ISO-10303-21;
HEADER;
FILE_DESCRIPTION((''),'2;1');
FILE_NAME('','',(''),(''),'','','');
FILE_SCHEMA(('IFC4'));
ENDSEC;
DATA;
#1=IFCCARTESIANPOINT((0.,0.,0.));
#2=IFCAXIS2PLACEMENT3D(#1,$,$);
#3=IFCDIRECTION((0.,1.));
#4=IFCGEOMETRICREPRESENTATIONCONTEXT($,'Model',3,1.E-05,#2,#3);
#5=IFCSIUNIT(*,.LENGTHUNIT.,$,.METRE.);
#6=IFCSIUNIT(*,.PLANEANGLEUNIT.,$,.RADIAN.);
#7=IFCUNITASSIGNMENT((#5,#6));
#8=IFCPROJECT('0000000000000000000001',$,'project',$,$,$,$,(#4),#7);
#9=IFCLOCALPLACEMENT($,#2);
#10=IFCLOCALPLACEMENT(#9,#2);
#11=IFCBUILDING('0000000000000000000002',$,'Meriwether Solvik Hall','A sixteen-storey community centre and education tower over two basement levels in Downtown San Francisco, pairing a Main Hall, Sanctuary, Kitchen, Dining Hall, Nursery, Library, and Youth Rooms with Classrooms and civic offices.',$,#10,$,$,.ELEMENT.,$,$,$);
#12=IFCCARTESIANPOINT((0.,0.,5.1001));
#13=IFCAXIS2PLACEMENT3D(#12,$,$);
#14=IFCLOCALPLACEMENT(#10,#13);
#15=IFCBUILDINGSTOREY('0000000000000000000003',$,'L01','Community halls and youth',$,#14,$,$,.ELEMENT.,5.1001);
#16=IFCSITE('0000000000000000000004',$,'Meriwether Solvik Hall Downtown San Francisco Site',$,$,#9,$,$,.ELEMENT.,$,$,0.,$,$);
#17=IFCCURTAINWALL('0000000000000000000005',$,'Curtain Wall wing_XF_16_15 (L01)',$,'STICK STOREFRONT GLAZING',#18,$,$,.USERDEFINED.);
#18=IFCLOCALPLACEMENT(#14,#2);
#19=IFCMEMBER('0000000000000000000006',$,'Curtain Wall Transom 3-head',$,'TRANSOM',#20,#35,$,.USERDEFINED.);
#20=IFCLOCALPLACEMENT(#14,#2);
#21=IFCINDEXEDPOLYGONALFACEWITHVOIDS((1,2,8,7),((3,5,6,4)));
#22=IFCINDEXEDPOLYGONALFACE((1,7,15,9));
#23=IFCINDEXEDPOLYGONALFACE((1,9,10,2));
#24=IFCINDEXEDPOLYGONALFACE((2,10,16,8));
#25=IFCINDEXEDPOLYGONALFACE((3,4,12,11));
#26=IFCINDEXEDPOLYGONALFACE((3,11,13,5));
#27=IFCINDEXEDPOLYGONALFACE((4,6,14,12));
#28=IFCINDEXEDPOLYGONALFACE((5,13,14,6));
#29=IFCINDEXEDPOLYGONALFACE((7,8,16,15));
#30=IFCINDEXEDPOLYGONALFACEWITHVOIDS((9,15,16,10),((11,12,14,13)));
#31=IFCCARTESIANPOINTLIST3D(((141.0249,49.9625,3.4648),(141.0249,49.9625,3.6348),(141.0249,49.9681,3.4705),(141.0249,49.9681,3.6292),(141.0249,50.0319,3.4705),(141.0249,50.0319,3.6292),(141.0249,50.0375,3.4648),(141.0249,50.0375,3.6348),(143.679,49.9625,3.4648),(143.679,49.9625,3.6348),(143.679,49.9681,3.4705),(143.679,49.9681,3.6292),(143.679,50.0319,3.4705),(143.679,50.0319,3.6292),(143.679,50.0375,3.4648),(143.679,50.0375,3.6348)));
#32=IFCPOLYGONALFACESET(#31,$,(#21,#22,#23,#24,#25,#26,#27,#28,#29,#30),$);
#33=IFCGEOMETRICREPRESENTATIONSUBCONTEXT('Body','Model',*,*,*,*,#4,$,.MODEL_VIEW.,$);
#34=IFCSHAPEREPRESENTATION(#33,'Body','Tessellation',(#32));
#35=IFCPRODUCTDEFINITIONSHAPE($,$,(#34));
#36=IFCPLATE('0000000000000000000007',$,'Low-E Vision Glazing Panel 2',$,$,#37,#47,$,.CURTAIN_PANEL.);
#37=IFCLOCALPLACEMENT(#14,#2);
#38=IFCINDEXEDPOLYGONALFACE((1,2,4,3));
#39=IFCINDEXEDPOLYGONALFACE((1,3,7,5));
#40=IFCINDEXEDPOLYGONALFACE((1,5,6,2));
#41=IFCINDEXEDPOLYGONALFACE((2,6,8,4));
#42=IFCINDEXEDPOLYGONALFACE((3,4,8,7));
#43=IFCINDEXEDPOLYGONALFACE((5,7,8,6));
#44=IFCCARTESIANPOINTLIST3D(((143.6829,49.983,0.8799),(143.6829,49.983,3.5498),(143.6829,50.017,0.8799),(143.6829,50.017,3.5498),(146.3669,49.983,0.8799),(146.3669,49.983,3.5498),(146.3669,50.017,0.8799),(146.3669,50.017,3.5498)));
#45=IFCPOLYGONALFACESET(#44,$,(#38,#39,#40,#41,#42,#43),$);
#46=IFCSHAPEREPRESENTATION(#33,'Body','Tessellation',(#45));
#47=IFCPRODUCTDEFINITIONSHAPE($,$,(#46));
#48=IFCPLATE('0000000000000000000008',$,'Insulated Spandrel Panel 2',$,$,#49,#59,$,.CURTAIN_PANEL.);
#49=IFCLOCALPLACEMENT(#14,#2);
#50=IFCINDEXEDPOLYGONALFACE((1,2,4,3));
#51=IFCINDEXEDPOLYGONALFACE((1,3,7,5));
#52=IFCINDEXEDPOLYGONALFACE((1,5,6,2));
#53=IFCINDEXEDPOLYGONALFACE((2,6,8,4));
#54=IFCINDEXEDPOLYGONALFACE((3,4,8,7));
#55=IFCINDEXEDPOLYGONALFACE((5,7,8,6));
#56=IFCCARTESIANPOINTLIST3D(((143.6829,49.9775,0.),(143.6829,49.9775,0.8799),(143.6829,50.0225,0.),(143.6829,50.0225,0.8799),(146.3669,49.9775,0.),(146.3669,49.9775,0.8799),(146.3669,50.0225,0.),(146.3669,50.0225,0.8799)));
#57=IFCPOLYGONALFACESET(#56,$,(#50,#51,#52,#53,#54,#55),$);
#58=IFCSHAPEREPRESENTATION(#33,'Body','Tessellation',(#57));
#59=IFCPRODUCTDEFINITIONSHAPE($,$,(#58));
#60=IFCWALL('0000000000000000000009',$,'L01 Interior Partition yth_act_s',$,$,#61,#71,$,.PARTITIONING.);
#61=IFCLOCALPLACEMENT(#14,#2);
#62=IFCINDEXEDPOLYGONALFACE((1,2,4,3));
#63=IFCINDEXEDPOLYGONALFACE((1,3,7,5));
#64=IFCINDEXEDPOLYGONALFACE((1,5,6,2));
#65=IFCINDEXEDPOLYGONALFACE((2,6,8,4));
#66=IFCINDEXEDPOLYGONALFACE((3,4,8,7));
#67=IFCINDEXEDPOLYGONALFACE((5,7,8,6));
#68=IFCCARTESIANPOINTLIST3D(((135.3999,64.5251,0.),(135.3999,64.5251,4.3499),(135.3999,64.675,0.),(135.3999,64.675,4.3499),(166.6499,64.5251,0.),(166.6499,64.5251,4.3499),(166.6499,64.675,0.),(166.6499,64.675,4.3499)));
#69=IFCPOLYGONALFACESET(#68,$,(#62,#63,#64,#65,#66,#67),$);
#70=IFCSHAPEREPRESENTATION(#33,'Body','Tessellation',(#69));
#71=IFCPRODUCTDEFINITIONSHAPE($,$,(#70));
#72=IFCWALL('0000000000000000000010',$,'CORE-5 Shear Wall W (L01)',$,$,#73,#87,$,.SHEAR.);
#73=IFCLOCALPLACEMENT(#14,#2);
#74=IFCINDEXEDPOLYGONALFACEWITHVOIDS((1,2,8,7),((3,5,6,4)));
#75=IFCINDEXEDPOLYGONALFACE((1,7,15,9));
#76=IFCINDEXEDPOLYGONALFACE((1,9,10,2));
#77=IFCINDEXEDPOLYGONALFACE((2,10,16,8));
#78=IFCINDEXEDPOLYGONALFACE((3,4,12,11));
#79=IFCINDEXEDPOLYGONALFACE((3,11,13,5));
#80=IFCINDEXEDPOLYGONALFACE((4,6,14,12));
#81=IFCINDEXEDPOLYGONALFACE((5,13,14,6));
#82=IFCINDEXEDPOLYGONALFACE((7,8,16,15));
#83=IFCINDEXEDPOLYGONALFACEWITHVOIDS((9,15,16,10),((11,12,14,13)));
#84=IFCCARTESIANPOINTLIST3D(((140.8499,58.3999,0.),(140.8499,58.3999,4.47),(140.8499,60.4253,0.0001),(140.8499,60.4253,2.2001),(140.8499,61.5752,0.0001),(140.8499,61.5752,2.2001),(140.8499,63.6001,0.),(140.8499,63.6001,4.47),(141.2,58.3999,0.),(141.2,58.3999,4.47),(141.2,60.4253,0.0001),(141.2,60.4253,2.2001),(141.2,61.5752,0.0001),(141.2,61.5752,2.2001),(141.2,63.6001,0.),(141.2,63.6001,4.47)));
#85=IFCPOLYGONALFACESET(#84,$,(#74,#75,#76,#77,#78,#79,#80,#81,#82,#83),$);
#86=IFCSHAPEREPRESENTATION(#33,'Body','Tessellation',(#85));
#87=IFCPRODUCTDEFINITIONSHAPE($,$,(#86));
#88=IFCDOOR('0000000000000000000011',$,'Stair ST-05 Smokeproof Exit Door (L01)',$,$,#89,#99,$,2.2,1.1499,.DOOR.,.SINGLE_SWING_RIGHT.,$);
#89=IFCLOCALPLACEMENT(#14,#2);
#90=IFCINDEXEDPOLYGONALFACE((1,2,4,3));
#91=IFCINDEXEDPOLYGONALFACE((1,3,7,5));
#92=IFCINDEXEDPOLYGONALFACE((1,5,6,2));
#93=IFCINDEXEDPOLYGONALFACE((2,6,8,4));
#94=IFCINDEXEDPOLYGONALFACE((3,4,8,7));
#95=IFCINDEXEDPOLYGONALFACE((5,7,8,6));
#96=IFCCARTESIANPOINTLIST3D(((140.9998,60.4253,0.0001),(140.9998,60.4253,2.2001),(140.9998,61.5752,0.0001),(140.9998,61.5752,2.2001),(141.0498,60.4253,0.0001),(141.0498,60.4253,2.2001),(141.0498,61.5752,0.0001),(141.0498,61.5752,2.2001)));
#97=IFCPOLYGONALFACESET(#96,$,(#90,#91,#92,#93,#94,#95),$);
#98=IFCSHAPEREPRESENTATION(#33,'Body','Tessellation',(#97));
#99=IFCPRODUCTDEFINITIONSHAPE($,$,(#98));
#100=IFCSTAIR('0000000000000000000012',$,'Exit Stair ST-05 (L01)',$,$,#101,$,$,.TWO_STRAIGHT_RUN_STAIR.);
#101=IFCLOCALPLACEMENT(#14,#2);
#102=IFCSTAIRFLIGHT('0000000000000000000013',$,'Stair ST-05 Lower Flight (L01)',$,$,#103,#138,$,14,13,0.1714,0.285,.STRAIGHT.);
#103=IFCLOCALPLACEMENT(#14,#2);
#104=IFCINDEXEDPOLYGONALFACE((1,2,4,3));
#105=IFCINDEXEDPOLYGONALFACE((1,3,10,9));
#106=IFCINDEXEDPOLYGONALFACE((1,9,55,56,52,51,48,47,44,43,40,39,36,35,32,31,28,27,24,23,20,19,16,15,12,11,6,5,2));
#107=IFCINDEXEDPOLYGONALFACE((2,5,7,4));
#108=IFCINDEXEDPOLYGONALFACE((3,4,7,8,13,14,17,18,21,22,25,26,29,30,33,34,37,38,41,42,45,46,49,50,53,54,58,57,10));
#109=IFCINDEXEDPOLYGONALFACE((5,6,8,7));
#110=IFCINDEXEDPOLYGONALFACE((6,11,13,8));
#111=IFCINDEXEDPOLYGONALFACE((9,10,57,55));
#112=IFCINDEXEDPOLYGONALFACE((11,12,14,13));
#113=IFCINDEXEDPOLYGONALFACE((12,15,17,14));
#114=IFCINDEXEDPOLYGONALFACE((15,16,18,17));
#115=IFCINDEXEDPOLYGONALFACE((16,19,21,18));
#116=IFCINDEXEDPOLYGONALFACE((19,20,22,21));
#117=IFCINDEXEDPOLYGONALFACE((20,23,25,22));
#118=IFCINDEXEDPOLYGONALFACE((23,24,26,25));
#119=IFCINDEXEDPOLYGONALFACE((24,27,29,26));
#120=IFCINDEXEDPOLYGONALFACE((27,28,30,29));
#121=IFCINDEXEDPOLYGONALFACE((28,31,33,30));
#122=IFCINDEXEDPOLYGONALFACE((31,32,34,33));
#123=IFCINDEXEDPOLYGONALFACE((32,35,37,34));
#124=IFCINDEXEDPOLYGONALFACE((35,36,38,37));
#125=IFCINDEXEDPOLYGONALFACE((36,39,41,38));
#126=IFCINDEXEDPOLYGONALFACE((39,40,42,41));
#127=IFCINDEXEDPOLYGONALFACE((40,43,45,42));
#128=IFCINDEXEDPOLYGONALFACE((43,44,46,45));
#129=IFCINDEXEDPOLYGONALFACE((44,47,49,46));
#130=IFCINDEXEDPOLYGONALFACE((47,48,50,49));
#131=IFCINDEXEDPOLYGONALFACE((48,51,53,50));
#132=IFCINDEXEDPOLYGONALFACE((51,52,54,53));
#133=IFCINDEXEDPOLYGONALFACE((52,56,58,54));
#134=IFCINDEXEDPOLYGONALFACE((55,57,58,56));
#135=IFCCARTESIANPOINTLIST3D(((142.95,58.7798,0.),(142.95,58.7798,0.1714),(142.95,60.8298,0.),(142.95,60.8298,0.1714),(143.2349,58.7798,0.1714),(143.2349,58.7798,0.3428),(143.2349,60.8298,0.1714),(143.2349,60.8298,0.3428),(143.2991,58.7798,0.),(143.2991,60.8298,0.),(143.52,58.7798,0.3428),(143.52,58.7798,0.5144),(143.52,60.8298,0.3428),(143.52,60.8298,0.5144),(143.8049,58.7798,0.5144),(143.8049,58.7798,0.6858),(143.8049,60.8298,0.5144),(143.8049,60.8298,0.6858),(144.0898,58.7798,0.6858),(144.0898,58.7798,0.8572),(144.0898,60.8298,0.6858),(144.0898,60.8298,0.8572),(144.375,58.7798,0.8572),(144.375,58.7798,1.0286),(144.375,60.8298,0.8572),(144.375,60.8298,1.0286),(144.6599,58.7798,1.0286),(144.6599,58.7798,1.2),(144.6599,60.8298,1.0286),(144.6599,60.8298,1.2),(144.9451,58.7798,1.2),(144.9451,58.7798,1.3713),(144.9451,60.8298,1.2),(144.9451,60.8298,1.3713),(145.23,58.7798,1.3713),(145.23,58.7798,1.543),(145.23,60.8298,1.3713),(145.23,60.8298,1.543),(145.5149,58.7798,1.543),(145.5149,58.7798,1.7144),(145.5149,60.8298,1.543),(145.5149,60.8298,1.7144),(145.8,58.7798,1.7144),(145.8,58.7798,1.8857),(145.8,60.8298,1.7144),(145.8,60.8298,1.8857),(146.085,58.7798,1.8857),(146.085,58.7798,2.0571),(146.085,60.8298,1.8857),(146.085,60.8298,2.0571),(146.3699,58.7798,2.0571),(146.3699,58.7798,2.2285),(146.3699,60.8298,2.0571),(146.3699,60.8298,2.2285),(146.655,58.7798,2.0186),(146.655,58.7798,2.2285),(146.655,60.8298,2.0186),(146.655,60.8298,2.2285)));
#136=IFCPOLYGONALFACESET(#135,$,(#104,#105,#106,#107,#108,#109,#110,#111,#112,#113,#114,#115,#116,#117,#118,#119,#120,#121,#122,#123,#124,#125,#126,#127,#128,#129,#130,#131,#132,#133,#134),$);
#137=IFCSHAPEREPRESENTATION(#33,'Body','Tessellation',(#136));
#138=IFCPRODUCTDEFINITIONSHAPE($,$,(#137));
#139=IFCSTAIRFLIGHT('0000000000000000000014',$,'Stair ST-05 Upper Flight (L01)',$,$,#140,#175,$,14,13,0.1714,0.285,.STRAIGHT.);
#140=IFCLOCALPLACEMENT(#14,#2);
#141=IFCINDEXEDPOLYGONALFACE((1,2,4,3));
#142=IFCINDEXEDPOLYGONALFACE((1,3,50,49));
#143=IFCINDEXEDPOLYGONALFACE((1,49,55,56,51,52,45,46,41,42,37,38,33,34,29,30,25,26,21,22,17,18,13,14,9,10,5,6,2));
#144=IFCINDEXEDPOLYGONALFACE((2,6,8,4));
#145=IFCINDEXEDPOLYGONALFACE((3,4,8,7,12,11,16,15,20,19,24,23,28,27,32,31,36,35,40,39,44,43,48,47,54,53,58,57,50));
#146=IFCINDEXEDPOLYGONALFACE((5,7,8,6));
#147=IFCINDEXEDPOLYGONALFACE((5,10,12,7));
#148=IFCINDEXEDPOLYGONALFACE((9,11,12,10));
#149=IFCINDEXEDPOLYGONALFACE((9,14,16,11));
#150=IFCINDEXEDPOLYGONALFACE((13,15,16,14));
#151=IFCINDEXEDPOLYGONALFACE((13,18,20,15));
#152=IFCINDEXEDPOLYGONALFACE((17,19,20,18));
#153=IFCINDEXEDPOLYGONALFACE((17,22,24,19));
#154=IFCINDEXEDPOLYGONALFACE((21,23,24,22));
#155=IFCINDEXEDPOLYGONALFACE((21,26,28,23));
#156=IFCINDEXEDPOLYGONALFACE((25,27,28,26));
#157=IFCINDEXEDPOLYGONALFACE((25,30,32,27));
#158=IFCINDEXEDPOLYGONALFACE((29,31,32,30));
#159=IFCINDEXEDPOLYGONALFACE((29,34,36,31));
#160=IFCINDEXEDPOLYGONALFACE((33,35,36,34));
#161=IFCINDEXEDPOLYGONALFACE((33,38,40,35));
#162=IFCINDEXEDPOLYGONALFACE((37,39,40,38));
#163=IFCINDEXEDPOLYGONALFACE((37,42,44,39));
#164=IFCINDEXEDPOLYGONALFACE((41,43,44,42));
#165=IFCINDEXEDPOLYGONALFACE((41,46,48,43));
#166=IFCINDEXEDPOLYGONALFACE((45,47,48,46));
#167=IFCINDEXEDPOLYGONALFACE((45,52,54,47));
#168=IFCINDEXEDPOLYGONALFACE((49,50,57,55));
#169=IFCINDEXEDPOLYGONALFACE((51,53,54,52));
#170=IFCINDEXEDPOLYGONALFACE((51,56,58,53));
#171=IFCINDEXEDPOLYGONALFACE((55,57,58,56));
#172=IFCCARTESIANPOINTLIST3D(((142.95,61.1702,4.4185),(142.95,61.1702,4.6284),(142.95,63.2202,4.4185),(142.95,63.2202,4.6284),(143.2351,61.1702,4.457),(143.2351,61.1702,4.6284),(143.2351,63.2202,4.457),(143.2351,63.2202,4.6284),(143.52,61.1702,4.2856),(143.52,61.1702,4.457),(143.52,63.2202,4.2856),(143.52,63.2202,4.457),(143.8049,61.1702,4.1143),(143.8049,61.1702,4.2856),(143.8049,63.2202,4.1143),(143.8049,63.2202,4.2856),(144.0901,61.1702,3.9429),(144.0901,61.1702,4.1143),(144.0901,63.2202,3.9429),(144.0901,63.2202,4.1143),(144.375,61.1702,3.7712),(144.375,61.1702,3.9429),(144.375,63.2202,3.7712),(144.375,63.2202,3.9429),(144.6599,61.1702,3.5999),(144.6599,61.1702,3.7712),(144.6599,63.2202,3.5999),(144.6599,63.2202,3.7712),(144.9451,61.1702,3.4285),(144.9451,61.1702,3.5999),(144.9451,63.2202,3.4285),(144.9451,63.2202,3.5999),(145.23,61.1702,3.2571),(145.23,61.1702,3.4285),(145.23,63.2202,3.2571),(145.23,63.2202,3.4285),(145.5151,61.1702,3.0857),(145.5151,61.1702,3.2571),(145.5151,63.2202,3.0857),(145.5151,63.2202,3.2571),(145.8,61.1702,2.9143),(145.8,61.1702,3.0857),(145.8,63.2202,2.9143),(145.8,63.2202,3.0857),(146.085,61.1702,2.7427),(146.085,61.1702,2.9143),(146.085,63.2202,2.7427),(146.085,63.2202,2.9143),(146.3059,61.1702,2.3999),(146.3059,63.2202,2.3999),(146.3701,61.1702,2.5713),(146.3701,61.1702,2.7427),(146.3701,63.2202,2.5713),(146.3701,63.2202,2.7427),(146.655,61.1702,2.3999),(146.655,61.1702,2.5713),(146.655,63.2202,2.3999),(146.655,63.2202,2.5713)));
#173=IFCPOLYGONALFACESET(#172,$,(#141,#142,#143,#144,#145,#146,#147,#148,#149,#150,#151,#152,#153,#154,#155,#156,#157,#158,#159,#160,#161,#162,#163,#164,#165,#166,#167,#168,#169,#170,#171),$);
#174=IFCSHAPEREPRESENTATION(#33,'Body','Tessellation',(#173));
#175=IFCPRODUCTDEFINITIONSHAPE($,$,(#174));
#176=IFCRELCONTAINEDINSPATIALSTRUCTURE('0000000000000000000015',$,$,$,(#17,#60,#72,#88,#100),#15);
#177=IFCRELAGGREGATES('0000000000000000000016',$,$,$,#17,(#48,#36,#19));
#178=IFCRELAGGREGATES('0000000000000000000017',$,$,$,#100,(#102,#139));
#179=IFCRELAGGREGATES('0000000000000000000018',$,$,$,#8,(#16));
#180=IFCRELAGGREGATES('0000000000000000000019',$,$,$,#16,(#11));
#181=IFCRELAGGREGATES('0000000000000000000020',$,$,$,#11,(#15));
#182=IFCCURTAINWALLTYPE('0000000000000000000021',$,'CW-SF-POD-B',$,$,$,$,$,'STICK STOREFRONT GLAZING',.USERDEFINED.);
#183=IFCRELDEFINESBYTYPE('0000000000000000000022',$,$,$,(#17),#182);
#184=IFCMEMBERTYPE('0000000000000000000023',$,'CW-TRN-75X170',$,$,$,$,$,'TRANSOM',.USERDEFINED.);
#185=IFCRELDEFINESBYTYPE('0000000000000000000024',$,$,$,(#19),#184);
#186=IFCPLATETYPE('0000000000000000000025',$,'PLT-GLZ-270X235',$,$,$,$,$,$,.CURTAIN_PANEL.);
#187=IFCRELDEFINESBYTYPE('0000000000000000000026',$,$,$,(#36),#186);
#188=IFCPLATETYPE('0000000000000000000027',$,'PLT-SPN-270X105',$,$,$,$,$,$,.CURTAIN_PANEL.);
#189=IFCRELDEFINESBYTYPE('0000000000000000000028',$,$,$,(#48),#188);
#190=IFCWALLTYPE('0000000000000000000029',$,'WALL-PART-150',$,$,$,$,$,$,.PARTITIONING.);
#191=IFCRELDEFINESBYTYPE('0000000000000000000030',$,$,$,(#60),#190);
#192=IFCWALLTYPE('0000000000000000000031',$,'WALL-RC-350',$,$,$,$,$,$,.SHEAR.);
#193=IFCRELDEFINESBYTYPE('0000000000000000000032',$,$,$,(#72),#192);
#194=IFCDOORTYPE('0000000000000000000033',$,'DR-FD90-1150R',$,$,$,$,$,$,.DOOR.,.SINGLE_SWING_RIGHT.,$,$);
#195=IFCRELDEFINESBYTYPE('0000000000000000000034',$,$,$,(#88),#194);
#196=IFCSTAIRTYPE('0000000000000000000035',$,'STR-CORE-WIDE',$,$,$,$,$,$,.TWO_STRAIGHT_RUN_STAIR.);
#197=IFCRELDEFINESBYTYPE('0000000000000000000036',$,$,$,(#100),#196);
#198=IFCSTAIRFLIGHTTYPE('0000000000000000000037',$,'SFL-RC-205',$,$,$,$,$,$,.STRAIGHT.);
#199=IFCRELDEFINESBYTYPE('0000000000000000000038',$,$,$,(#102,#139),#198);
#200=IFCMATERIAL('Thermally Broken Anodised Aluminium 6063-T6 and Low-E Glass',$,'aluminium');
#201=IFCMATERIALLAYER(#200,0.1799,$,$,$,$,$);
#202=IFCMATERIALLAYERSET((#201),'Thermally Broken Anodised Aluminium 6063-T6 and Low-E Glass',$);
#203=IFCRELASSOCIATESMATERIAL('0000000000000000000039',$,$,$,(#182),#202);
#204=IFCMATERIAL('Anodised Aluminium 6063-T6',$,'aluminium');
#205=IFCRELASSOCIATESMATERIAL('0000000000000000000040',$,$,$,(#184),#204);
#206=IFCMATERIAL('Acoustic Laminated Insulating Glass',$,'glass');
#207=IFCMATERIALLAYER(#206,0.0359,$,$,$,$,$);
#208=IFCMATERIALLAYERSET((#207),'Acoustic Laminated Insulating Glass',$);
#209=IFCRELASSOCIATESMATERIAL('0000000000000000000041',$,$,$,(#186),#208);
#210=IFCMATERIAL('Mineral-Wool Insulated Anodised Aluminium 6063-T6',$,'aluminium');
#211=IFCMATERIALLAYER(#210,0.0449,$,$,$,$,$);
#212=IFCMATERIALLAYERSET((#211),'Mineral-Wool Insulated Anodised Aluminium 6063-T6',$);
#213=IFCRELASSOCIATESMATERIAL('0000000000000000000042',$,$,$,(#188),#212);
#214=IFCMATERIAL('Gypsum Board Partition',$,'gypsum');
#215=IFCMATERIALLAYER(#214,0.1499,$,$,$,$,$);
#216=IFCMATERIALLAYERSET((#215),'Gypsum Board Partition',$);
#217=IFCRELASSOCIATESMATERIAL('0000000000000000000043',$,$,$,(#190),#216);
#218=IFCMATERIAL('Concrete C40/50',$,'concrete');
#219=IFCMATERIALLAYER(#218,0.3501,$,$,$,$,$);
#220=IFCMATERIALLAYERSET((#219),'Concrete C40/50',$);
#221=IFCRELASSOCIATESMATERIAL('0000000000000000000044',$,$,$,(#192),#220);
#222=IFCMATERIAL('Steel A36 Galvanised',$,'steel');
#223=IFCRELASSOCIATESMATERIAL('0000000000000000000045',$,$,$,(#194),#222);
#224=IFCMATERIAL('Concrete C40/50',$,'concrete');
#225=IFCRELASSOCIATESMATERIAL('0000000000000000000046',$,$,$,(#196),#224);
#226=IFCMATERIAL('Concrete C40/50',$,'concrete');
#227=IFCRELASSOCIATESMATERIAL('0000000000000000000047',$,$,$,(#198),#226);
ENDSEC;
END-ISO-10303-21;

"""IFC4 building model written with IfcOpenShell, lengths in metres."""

from ifc_helpers import new_model, si_unit, direction, frame, frame_2d, origin, origin_2d, place, context, subcontext, project, spatial, polyline, rectangle, hollow_rectangle, outline, extrude, material, layer, layer_set, material_profile, profile_set, type_object, element, fill, aggregate, save


model = new_model("IFC4")

# Units and contexts
model_context = context("Model", 3, precision=1e-05, world=origin(), true_north=direction((0.0, 1.0)))
body_context = subcontext(model_context, "Body", "Model", "MODEL_VIEW")
ifc_project = project(units=[si_unit("LENGTHUNIT", "METRE"), si_unit("PLANEANGLEUNIT", "RADIAN")], contexts=[model_context])

# Site, building, storey
site_placement = place(None, origin())
site = spatial("IfcSite", under=ifc_project, at=site_placement, Name="Meriwether Solvik Hall Downtown San Francisco Site", CompositionType="ELEMENT", RefElevation=0.0)
building_placement = place(site_placement, origin())
building = spatial("IfcBuilding", under=site, at=building_placement, Name="Meriwether Solvik Hall", Description="A sixteen-storey community centre and education tower over two basement levels in Downtown San Francisco, pairing a Main Hall, Sanctuary, Kitchen, Dining Hall, Nursery, Library, and Youth Rooms with Classrooms and civic offices.", CompositionType="ELEMENT")
storey_placement = place(building_placement, frame((0.0, 0.0, 5.1001)))
storey = spatial("IfcBuildingStorey", under=building, at=storey_placement, Name="L01", Description="Community halls and youth", CompositionType="ELEMENT", Elevation=5.1001)

# Curtain wall, member, plates
ifc_material_1 = material(Name="Thermally Broken Anodised Aluminium 6063-T6 and Low-E Glass", Category="aluminium")
ifc_layer_1 = layer(ifc_material_1, 0.1799)
ifc_layer_set_1 = layer_set([ifc_layer_1], Name="Thermally Broken Anodised Aluminium 6063-T6 and Low-E Glass")
curtain_wall_type = type_object("IfcCurtainWallType", Name="CW-SF-POD-B", ElementType="STICK STOREFRONT GLAZING", PredefinedType="USERDEFINED", material=ifc_layer_set_1)
curtain_wall_placement = place(storey_placement, origin())
curtain_wall = element("IfcCurtainWall", 1, at=curtain_wall_placement, inside=storey, type_object=curtain_wall_type, Name="Curtain Wall wing_XF_16_15 (L01)", ObjectType="STICK STOREFRONT GLAZING", PredefinedType="USERDEFINED")
ifc_material_2 = material(Name="Anodised Aluminium 6063-T6", Category="aluminium")
ifc_material_profile_1 = material_profile(ifc_material_2, hollow_rectangle(XDim=0.075, YDim=0.1699, WallThickness=0.0056, at=origin_2d()), Name="CWT-75X170")
ifc_profile_set_1 = profile_set([ifc_material_profile_1], Name="Anodised Aluminium 6063-T6")
member_type_1 = type_object("IfcMemberType", Name="CW-TRN-75X170", ElementType="TRANSOM", PredefinedType="USERDEFINED", material=ifc_profile_set_1)
member_1_placement = place(storey_placement, frame((143.679, 50.0, 3.5498), z_axis=(-1.0, 0.0, 0.0), x_axis=(0.0, -1.0, 0.0)))
member_1 = element("IfcMember", 2, at=member_1_placement, type_object=member_type_1, Name="Curtain Wall Transom 3-head", ObjectType="TRANSOM", PredefinedType="USERDEFINED", context=body_context, shape_type="SweptSolid", body=[
    extrude(hollow_rectangle(XDim=0.075, YDim=0.1699, WallThickness=0.0056, at=origin_2d()), origin(), (0.0, 0.0, 1.0), 2.6541),
])
ifc_material_3 = material(Name="Acoustic Laminated Insulating Glass", Category="glass")
ifc_layer_2 = layer(ifc_material_3, 0.0359)
ifc_layer_set_2 = layer_set([ifc_layer_2], Name="Acoustic Laminated Insulating Glass")
plate_type_1 = type_object("IfcPlateType", Name="PLT-GLZ-270X235", PredefinedType="CURTAIN_PANEL", material=ifc_layer_set_2)
plate_1_placement = place(storey_placement, frame((145.0249, 50.0, 0.8799), z_axis=(0.0, 0.0, 1.0), x_axis=(-1.0, 0.0, 0.0)))
plate_1 = element("IfcPlate", 3, at=plate_1_placement, type_object=plate_type_1, Name="Low-E Vision Glazing Panel 2", PredefinedType="CURTAIN_PANEL", context=body_context, shape_type="SweptSolid", body=[
    extrude(rectangle(XDim=2.6841, YDim=0.0339, at=origin_2d()), origin(), (0.0, 0.0, 1.0), 2.6699),
])
ifc_material_4 = material(Name="Mineral-Wool Insulated Anodised Aluminium 6063-T6", Category="aluminium")
ifc_layer_3 = layer(ifc_material_4, 0.0449)
ifc_layer_set_3 = layer_set([ifc_layer_3], Name="Mineral-Wool Insulated Anodised Aluminium 6063-T6")
plate_type_2 = type_object("IfcPlateType", Name="PLT-SPN-270X105", PredefinedType="CURTAIN_PANEL", material=ifc_layer_set_3)
plate_2_placement = place(storey_placement, frame((145.0249, 50.0, 0.0), z_axis=(0.0, 0.0, 1.0), x_axis=(-1.0, 0.0, 0.0)))
plate_2 = element("IfcPlate", 4, at=plate_2_placement, type_object=plate_type_2, Name="Insulated Spandrel Panel 2", PredefinedType="CURTAIN_PANEL", context=body_context, shape_type="SweptSolid", body=[
    extrude(rectangle(XDim=2.6841, YDim=0.0449, at=origin_2d()), origin(), (0.0, 0.0, 1.0), 0.8799),
])
aggregate(curtain_wall, [plate_2, plate_1, member_1])

# Wall
ifc_material_5 = material(Name="Gypsum Board Partition", Category="gypsum")
ifc_layer_4 = layer(ifc_material_5, 0.1499)
ifc_layer_set_4 = layer_set([ifc_layer_4], Name="Gypsum Board Partition")
wall_type_1 = type_object("IfcWallType", Name="WALL-PART-150", PredefinedType="PARTITIONING", material=ifc_layer_set_4)
wall_1_placement = place(storey_placement, frame((135.3999, 64.6001, 0.0), z_axis=(0.0, 0.0, 1.0), x_axis=(1.0, 0.0, 0.0)))
element("IfcWall", 5, at=wall_1_placement, inside=storey, type_object=wall_type_1, Name="L01 Interior Partition yth_act_s", PredefinedType="PARTITIONING", context=body_context, shape_type="SweptSolid", body=[
    extrude(rectangle(XDim=31.25, YDim=0.1499, at=frame_2d((15.625, 0.0))), origin(), (0.0, 0.0, 1.0), 4.3499),
])

# Wall, opening, door
ifc_material_6 = material(Name="Concrete C40/50", Category="concrete")
ifc_layer_5 = layer(ifc_material_6, 0.3501)
ifc_layer_set_5 = layer_set([ifc_layer_5], Name="Concrete C40/50")
wall_type_2 = type_object("IfcWallType", Name="WALL-RC-350", PredefinedType="SHEAR", material=ifc_layer_set_5)
wall_2_placement = place(storey_placement, frame((141.0249, 63.6001, 0.0), z_axis=(0.0, 0.0, 1.0), x_axis=(0.0, -1.0, 0.0)))
wall_2 = element("IfcWall", 6, at=wall_2_placement, inside=storey, type_object=wall_type_2, Name="CORE-5 Shear Wall W (L01)", PredefinedType="SHEAR", context=body_context, shape_type="SweptSolid", body=[
    extrude(rectangle(XDim=5.2002, YDim=0.3501, at=frame_2d((2.6001, 0.0))), origin(), (0.0, 0.0, 1.0), 4.47),
])
opening_placement = place(wall_2_placement, frame((2.0249, 0.0, 0.0)))
opening = element("IfcOpeningElement", 7, at=opening_placement, cuts=wall_2, PredefinedType="OPENING", context=body_context, shape_type="SweptSolid", body=[
    extrude(rectangle(XDim=1.1499, YDim=2.2, at=frame_2d((0.575, 1.1001))), frame((0.0, 0.187, 0.0), z_axis=(0.0, -1.0, 0.0), x_axis=(1.0, 0.0, 0.0)), (0.0, 0.0, 1.0), 0.374),
])
ifc_material_7 = material(Name="Steel A36 Galvanised", Category="steel")
door_type = type_object("IfcDoorType", Name="DR-FD90-1150R", OperationType="SINGLE_SWING_RIGHT", PredefinedType="DOOR", material=ifc_material_7)
door_placement = place(opening_placement, origin())
door = element("IfcDoor", 8, at=door_placement, inside=storey, type_object=door_type, Name="Stair ST-05 Smokeproof Exit Door (L01)", OperationType="SINGLE_SWING_RIGHT", OverallHeight=2.2, OverallWidth=1.1499, PredefinedType="DOOR", context=body_context, shape_type="SweptSolid", body=[
    extrude(rectangle(XDim=1.1499, YDim=2.2, at=frame_2d((0.575, 1.1001))), frame((0.0, 0.0249, 0.0), z_axis=(0.0, -1.0, 0.0), x_axis=(1.0, 0.0, 0.0)), (0.0, 0.0, 1.0), 0.05),
])
fill(opening, door)

# Stair, stair flights
ifc_material_8 = material(Name="Concrete C40/50", Category="concrete")
stair_type = type_object("IfcStairType", Name="STR-CORE-WIDE", PredefinedType="TWO_STRAIGHT_RUN_STAIR", material=ifc_material_8)
stair_placement = place(storey_placement, origin())
stair = element("IfcStair", 9, at=stair_placement, inside=storey, type_object=stair_type, Name="Exit Stair ST-05 (L01)", PredefinedType="TWO_STRAIGHT_RUN_STAIR")
ifc_material_9 = material(Name="Concrete C40/50", Category="concrete")
stair_flight_type = type_object("IfcStairFlightType", Name="SFL-RC-205", PredefinedType="STRAIGHT", material=ifc_material_9)
stair_flight_1_placement = place(storey_placement, frame((142.95, 59.8049, 0.0), z_axis=(0.0, 0.0, 1.0), x_axis=(1.0, 0.0, 0.0)))
stair_flight_1 = element("IfcStairFlight", 10, at=stair_flight_1_placement, type_object=stair_flight_type, Name="Stair ST-05 Lower Flight (L01)", NumberOfRisers=14, NumberOfTreads=13, PredefinedType="STRAIGHT", RiserHeight=0.1714, TreadLength=0.285, context=body_context, shape_type="SweptSolid", body=[
    extrude(outline(polyline([(0.0, 0.0), (0.0, 0.1714), (0.2849, 0.1714), (0.2849, 0.3428), (0.5701, 0.3428), (0.5701, 0.5144), (0.855, 0.5144), (0.855, 0.6858), (1.1399, 0.6858), (1.1399, 0.8572), (1.425, 0.8572), (1.425, 1.0286), (1.71, 1.0286), (1.71, 1.2), (1.9951, 1.2), (1.9951, 1.3713), (2.28, 1.3713), (2.28, 1.543), (2.5649, 1.543), (2.5649, 1.7144), (2.8501, 1.7144), (2.8501, 1.8857), (3.135, 1.8857), (3.135, 2.0571), (3.4199, 2.0571), (3.4199, 2.2285), (3.7051, 2.2285), (3.7051, 2.3999), (3.7051, 2.0186), (0.3491, 0.0), (0.0, 0.0)])), frame((0.0, 1.0249, 0.0), z_axis=(0.0, -1.0, 0.0), x_axis=(1.0, 0.0, 0.0)), (0.0, 0.0, 1.0), 2.05),
])
stair_flight_2_placement = place(storey_placement, frame((146.655, 62.1951, 2.3999), z_axis=(0.0, 0.0, 1.0), x_axis=(-1.0, 0.0, 0.0)))
stair_flight_2 = element("IfcStairFlight", 11, at=stair_flight_2_placement, type_object=stair_flight_type, Name="Stair ST-05 Upper Flight (L01)", NumberOfRisers=14, NumberOfTreads=13, PredefinedType="STRAIGHT", RiserHeight=0.1714, TreadLength=0.285, context=body_context, shape_type="SweptSolid", body=[
    extrude(outline(polyline([(0.0, 0.0), (0.0, 0.1714), (0.2849, 0.1714), (0.2849, 0.3428), (0.5701, 0.3428), (0.5701, 0.5144), (0.855, 0.5144), (0.855, 0.6858), (1.1399, 0.6858), (1.1399, 0.8572), (1.425, 0.8572), (1.425, 1.0286), (1.71, 1.0286), (1.71, 1.2), (1.9951, 1.2), (1.9951, 1.3713), (2.28, 1.3713), (2.28, 1.543), (2.5649, 1.543), (2.5649, 1.7144), (2.8501, 1.7144), (2.8501, 1.8857), (3.135, 1.8857), (3.135, 2.0571), (3.4199, 2.0571), (3.4199, 2.2285), (3.7051, 2.2285), (3.7051, 2.3999), (3.7051, 2.0186), (0.3491, 0.0), (0.0, 0.0)])), frame((0.0, 1.0249, 0.0), z_axis=(0.0, -1.0, 0.0), x_axis=(1.0, 0.0, 0.0)), (0.0, 0.0, 1.0), 2.05),
])
aggregate(stair, [stair_flight_1, stair_flight_2])

save(model, "model.ifc")
